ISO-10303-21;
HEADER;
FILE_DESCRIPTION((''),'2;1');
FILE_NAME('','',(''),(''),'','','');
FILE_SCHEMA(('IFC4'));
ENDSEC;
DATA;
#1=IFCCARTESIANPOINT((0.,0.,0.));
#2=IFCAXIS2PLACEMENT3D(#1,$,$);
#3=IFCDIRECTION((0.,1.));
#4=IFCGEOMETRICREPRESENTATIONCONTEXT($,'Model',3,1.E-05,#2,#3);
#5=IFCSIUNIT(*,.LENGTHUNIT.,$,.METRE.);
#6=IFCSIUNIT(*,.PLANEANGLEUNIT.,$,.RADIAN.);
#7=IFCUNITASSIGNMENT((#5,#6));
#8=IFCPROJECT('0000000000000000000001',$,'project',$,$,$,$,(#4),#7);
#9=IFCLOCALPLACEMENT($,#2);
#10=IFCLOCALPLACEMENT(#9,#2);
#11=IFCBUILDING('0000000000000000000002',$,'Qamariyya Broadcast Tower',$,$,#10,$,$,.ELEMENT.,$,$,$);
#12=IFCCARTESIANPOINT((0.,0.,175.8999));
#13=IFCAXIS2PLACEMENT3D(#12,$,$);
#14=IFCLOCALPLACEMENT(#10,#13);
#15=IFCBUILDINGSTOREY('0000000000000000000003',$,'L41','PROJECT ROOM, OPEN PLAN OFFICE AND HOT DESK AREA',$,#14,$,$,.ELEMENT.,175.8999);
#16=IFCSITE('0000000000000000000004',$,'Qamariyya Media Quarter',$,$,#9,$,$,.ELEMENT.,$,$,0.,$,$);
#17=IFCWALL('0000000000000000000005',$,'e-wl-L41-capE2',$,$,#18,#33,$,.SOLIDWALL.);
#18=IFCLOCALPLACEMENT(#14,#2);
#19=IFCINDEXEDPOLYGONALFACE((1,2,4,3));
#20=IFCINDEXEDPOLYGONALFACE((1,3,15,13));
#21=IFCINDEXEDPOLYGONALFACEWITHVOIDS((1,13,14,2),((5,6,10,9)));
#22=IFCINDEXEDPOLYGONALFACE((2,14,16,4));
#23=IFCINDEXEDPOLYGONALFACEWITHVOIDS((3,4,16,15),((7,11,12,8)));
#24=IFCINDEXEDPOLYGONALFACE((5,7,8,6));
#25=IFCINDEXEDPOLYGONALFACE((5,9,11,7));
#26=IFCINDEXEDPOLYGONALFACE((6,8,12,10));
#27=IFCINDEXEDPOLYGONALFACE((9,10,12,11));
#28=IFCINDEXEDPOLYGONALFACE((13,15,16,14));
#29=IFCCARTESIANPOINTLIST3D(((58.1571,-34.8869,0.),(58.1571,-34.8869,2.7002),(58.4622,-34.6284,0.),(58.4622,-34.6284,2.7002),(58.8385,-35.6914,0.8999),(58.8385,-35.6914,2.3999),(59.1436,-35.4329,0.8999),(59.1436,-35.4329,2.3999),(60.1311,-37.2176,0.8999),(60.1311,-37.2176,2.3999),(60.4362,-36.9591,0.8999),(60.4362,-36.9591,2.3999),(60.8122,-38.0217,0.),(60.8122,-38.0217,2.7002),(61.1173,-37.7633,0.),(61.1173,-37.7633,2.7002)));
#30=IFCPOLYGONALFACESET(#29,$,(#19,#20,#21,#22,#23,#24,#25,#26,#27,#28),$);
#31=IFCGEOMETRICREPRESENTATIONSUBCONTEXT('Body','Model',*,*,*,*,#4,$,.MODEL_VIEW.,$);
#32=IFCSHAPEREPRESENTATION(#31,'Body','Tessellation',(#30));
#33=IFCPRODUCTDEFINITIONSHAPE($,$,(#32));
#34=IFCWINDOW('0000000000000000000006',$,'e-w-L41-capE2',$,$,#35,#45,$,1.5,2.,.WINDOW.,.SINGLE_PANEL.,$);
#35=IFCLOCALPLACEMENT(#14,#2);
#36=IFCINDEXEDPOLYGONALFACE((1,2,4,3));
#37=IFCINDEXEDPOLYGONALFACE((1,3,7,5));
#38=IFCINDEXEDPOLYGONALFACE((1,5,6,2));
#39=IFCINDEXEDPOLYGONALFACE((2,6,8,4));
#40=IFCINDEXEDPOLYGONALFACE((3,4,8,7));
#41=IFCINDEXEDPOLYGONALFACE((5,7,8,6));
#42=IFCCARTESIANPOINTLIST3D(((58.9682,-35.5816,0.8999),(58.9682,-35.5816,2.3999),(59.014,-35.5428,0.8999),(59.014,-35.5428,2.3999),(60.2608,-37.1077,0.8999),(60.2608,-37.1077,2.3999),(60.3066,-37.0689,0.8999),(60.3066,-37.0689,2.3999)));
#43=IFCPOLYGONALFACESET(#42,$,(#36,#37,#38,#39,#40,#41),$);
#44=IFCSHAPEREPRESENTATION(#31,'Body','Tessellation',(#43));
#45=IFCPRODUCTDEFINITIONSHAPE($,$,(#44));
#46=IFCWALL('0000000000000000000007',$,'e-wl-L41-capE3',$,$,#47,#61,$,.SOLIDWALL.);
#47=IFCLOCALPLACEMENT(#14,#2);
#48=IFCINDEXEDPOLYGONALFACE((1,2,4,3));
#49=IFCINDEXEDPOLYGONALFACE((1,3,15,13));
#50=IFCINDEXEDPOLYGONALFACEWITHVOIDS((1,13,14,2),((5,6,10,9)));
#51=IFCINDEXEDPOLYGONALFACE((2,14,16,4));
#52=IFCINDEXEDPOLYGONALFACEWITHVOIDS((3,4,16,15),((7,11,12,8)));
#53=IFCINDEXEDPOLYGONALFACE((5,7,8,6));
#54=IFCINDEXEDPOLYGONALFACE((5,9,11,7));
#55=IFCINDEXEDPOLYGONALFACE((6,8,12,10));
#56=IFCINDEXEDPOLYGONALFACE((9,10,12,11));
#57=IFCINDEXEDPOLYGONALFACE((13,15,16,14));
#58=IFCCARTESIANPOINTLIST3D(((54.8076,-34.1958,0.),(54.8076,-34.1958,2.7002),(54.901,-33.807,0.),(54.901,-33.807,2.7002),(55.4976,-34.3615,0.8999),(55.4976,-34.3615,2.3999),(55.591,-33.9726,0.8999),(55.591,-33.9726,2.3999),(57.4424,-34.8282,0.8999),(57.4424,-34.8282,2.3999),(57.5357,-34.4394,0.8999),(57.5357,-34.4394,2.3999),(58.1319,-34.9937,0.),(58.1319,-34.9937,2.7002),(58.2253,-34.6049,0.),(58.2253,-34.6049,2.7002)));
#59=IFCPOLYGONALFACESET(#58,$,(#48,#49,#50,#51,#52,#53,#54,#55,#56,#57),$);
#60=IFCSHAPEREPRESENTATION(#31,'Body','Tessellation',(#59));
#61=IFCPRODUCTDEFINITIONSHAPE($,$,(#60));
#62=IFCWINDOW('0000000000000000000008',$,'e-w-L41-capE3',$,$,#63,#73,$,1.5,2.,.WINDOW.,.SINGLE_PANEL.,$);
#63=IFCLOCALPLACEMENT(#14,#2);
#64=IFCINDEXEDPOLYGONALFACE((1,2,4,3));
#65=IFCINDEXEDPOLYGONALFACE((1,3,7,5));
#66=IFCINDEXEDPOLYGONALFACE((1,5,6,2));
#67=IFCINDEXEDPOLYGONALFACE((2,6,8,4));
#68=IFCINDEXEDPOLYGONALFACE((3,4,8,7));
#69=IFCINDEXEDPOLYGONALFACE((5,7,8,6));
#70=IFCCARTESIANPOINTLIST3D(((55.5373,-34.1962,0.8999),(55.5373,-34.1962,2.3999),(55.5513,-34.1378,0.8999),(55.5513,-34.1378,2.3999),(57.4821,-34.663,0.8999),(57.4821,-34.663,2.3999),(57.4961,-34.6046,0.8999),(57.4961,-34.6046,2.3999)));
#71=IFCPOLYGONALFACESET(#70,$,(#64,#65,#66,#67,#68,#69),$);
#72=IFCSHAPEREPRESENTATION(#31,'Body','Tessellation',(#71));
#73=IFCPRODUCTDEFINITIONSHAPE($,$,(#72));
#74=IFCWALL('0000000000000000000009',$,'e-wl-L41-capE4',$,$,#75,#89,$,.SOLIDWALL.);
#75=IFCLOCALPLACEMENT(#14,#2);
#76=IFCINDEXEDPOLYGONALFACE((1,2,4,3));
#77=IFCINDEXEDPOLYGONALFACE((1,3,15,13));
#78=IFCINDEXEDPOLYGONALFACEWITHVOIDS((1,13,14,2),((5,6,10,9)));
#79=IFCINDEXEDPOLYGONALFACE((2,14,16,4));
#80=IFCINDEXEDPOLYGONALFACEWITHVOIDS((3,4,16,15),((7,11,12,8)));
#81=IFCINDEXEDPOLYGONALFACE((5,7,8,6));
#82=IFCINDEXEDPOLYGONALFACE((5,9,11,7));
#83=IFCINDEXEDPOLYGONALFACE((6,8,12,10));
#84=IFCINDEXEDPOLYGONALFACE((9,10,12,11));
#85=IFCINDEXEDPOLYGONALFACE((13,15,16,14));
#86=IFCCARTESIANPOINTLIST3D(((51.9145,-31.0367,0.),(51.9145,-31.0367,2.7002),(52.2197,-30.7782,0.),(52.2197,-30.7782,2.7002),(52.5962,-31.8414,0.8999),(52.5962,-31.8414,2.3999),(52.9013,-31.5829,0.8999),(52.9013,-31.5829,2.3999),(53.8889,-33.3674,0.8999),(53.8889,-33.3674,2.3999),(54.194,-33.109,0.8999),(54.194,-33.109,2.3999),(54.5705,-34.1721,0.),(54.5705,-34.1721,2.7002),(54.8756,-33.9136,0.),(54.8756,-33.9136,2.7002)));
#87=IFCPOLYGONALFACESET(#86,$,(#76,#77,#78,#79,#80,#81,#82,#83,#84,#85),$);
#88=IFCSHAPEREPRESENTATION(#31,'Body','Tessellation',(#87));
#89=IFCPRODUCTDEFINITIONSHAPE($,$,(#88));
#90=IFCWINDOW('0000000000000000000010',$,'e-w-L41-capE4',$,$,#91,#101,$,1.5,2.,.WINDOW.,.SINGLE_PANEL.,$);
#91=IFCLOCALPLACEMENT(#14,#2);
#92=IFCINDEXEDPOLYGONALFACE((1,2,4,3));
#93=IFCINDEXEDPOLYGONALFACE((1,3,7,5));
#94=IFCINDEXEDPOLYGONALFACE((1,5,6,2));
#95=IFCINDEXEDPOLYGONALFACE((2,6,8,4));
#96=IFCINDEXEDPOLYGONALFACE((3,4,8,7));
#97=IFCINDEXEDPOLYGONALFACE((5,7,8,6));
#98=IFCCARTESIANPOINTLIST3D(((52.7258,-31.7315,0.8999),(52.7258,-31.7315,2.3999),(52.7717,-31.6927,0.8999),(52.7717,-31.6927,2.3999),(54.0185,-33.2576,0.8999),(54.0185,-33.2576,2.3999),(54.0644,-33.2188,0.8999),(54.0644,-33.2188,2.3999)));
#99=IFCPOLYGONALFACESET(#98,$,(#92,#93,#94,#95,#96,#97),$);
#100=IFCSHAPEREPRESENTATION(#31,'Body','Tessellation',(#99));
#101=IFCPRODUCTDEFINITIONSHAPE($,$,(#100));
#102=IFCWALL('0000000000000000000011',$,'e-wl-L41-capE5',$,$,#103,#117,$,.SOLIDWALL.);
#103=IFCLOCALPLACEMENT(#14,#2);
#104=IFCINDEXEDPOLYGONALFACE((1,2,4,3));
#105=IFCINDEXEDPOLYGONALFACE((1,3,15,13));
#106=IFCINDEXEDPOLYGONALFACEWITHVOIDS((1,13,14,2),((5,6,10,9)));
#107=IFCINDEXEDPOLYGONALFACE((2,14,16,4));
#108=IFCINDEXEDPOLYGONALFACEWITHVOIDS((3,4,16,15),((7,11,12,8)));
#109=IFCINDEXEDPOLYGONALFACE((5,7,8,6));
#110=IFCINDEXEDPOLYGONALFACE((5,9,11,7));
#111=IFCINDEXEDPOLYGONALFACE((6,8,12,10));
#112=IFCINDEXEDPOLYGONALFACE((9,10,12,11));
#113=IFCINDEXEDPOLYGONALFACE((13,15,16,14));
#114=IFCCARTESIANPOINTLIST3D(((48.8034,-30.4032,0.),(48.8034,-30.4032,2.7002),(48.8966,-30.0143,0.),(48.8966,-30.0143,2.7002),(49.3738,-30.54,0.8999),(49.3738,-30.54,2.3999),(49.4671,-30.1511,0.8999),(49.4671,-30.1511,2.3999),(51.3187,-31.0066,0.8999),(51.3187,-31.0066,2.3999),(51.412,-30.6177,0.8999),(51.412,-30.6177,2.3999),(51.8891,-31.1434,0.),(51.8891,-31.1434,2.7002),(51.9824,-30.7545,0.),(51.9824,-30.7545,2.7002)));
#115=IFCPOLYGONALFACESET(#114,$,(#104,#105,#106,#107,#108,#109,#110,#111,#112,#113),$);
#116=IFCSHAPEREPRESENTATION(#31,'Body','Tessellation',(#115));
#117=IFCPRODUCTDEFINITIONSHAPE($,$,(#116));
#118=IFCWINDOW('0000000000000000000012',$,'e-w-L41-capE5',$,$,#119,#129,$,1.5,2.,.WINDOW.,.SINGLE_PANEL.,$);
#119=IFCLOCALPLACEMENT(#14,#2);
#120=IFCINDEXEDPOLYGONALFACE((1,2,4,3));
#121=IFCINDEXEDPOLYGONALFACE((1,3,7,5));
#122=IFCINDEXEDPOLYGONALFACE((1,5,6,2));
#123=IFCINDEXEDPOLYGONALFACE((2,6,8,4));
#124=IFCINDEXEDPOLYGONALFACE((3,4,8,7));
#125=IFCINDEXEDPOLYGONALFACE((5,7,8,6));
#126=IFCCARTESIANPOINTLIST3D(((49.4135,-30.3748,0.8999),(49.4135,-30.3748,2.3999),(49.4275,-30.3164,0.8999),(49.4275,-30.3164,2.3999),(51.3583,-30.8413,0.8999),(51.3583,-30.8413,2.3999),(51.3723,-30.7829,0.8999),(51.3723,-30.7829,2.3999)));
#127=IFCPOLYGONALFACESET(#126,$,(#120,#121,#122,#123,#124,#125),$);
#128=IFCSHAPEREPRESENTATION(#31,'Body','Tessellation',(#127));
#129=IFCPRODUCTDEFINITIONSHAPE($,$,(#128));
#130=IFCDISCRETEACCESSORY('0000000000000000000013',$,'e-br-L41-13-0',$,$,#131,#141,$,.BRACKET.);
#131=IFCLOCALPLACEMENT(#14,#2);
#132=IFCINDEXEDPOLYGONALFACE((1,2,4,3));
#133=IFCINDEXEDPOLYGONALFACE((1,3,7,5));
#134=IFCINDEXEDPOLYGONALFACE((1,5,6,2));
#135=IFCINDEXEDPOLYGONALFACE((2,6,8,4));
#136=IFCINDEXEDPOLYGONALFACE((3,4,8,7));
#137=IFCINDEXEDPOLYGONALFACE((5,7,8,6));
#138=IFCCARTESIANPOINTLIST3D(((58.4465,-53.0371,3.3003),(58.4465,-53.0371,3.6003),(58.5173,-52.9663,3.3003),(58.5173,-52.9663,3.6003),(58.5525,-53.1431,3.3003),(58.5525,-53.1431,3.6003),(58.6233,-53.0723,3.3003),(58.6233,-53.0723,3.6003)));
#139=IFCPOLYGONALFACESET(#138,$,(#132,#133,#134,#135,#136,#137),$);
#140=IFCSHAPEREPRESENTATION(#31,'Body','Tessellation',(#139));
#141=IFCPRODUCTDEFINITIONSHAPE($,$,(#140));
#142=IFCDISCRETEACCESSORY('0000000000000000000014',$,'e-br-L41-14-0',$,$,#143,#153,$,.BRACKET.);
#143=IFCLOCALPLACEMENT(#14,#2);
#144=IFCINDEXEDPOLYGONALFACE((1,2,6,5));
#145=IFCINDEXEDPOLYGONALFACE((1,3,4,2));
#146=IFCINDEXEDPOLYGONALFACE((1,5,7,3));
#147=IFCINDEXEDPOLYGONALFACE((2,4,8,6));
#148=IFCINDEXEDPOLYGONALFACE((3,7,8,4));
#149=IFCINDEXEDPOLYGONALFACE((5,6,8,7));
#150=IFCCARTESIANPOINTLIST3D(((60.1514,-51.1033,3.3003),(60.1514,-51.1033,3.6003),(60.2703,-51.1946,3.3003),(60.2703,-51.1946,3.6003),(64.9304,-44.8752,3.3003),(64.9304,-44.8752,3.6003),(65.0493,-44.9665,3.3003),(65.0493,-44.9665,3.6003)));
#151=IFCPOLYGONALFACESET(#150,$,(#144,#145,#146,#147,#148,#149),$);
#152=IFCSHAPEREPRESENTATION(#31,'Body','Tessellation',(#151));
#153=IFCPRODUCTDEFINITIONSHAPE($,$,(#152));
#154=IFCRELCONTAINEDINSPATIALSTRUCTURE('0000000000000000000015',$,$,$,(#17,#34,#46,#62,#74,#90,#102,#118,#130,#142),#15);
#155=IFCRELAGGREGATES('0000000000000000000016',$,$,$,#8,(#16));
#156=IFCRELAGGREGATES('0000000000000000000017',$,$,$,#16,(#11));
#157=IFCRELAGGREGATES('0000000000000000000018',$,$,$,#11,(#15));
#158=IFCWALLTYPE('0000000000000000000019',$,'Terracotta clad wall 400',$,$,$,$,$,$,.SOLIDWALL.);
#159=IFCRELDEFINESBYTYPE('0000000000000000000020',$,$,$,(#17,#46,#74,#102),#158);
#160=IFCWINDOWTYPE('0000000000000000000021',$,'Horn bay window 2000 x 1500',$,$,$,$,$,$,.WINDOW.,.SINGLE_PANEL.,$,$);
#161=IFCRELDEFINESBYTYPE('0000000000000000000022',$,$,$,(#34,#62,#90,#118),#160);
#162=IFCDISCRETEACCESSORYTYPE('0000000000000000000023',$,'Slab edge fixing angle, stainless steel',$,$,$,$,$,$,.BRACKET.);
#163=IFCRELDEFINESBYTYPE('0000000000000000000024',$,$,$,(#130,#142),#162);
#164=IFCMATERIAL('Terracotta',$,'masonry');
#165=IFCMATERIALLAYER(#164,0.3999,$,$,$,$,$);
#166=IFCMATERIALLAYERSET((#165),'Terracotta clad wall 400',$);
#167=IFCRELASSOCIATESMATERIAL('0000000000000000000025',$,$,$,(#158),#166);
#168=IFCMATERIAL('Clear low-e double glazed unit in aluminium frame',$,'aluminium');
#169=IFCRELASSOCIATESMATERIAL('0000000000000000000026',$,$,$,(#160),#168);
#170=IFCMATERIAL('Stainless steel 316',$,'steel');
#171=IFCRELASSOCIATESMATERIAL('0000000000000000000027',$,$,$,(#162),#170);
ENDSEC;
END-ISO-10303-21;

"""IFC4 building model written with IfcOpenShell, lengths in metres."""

from ifc_helpers import new_model, si_unit, direction, frame, frame_2d, origin, origin_2d, place, context, subcontext, project, spatial, rectangle, extrude, material, layer, layer_set, type_object, element, fill, save


model = new_model("IFC4")

# Units and contexts
model_context = context("Model", 3, precision=1e-05, world=origin(), true_north=direction((0.0, 1.0)))
body_context = subcontext(model_context, "Body", "Model", "MODEL_VIEW")
ifc_project = project(units=[si_unit("LENGTHUNIT", "METRE"), si_unit("PLANEANGLEUNIT", "RADIAN")], contexts=[model_context])

# Site, building, storey
site_placement = place(None, origin())
site = spatial("IfcSite", under=ifc_project, at=site_placement, Name="Qamariyya Media Quarter", CompositionType="ELEMENT", RefElevation=0.0)
building_placement = place(site_placement, origin())
building = spatial("IfcBuilding", under=site, at=building_placement, Name="Qamariyya Broadcast Tower", CompositionType="ELEMENT")
storey_placement = place(building_placement, frame((0.0, 0.0, 175.8999)))
storey = spatial("IfcBuildingStorey", under=building, at=storey_placement, Name="L41", Description="PROJECT ROOM, OPEN PLAN OFFICE AND HOT DESK AREA", CompositionType="ELEMENT", Elevation=175.8999)

# Walls, openings, windows
ifc_material_1 = material(Name="Terracotta", Category="masonry")
ifc_layer = layer(ifc_material_1, 0.3999)
ifc_layer_set = layer_set([ifc_layer], Name="Terracotta clad wall 400")
wall_type = type_object("IfcWallType", Name="Terracotta clad wall 400", PredefinedType="SOLIDWALL", material=ifc_layer_set)
ifc_material_2 = material(Name="Clear low-e double glazed unit in aluminium frame", Category="aluminium")
window_type = type_object("IfcWindowType", Name="Horn bay window 2000 x 1500", PartitioningType="SINGLE_PANEL", PredefinedType="WINDOW", material=ifc_material_2)
wall_1_placement = place(storey_placement, frame((60.9648, -37.8926, 0.0), z_axis=(0.0, 0.0, 1.0), x_axis=(-0.646302, 0.763082, 0.0)))
wall_1 = element("IfcWall", 1, at=wall_1_placement, inside=storey, type_object=wall_type, Name="e-wl-L41-capE2", PredefinedType="SOLIDWALL", context=body_context, shape_type="SweptSolid", body=[
    extrude(rectangle(XDim=4.1082, YDim=0.3999, at=frame_2d((2.0542, 0.0))), origin(), (0.0, 0.0, 1.0), 2.7002),
])
opening_1_placement = place(wall_1_placement, frame((1.054, 0.0, 0.8999)))
opening_1 = element("IfcOpeningElement", 2, at=opening_1_placement, cuts=wall_1, PredefinedType="OPENING", context=body_context, shape_type="SweptSolid", body=[
    extrude(rectangle(XDim=2.0, YDim=1.5, at=frame_2d((1.0, 0.75))), frame((0.0, 0.21, 0.0), z_axis=(0.0, -1.0, 0.0), x_axis=(1.0, 0.0, 0.0)), (0.0, 0.0, 1.0), 0.4199),
])
window_1_placement = place(opening_1_placement, origin())
window_1 = element("IfcWindow", 3, at=window_1_placement, inside=storey, type_object=window_type, Name="e-w-L41-capE2", OverallHeight=1.5, OverallWidth=2.0, PartitioningType="SINGLE_PANEL", PredefinedType="WINDOW", context=body_context, shape_type="SweptSolid", body=[
    extrude(rectangle(XDim=2.0, YDim=1.5, at=frame_2d((1.0, 0.75))), frame((0.0, 0.03, 0.0), z_axis=(0.0, -1.0, 0.0), x_axis=(1.0, 0.0, 0.0)), (0.0, 0.0, 1.0), 0.0601),
])
fill(opening_1, window_1)
wall_2_placement = place(storey_placement, frame((58.1787, -34.7993, 0.0), z_axis=(0.0, 0.0, 1.0), x_axis=(-0.972385, 0.233384, 0.0)))
wall_2 = element("IfcWall", 4, at=wall_2_placement, inside=storey, type_object=wall_type, Name="e-wl-L41-capE3", PredefinedType="SOLIDWALL", context=body_context, shape_type="SweptSolid", body=[
    extrude(rectangle(XDim=3.4187, YDim=0.3999, at=frame_2d((1.7095, 0.0))), origin(), (0.0, 0.0, 1.0), 2.7002),
])
opening_2_placement = place(wall_2_placement, frame((0.7092, 0.0, 0.8999)))
opening_2 = element("IfcOpeningElement", 5, at=opening_2_placement, cuts=wall_2, PredefinedType="OPENING", context=body_context, shape_type="SweptSolid", body=[
    extrude(rectangle(XDim=2.0, YDim=1.5, at=frame_2d((1.0, 0.75))), frame((0.0, 0.21, 0.0), z_axis=(0.0, -1.0, 0.0), x_axis=(1.0, 0.0, 0.0)), (0.0, 0.0, 1.0), 0.4199),
])
window_2_placement = place(opening_2_placement, origin())
window_2 = element("IfcWindow", 6, at=window_2_placement, inside=storey, type_object=window_type, Name="e-w-L41-capE3", OverallHeight=1.5, OverallWidth=2.0, PartitioningType="SINGLE_PANEL", PredefinedType="WINDOW", context=body_context, shape_type="SweptSolid", body=[
    extrude(rectangle(XDim=2.0, YDim=1.5, at=frame_2d((1.0, 0.75))), frame((0.0, 0.03, 0.0), z_axis=(0.0, -1.0, 0.0), x_axis=(1.0, 0.0, 0.0)), (0.0, 0.0, 1.0), 0.0601),
])
fill(opening_2, window_2)
wall_3_placement = place(storey_placement, frame((54.7231, -34.043, 0.0), z_axis=(0.0, 0.0, 1.0), x_axis=(-0.646352, 0.763039, 0.0)))
wall_3 = element("IfcWall", 7, at=wall_3_placement, inside=storey, type_object=wall_type, Name="e-wl-L41-capE4", PredefinedType="SOLIDWALL", context=body_context, shape_type="SweptSolid", body=[
    extrude(rectangle(XDim=4.1091, YDim=0.3999, at=frame_2d((2.0547, 0.0))), origin(), (0.0, 0.0, 1.0), 2.7002),
])
opening_3_placement = place(wall_3_placement, frame((1.0547, 0.0, 0.8999)))
opening_3 = element("IfcOpeningElement", 8, at=opening_3_placement, cuts=wall_3, PredefinedType="OPENING", context=body_context, shape_type="SweptSolid", body=[
    extrude(rectangle(XDim=2.0, YDim=1.5, at=frame_2d((1.0, 0.75))), frame((0.0, 0.21, 0.0), z_axis=(0.0, -1.0, 0.0), x_axis=(1.0, 0.0, 0.0)), (0.0, 0.0, 1.0), 0.4199),
])
window_3_placement = place(opening_3_placement, origin())
window_3 = element("IfcWindow", 9, at=window_3_placement, inside=storey, type_object=window_type, Name="e-w-L41-capE4", OverallHeight=1.5, OverallWidth=2.0, PartitioningType="SINGLE_PANEL", PredefinedType="WINDOW", context=body_context, shape_type="SweptSolid", body=[
    extrude(rectangle(XDim=2.0, YDim=1.5, at=frame_2d((1.0, 0.75))), frame((0.0, 0.03, 0.0), z_axis=(0.0, -1.0, 0.0), x_axis=(1.0, 0.0, 0.0)), (0.0, 0.0, 1.0), 0.0601),
])
fill(opening_3, window_3)
wall_4_placement = place(storey_placement, frame((51.9358, -30.949, 0.0), z_axis=(0.0, 0.0, 1.0), x_axis=(-0.972411, 0.233274, 0.0)))
wall_4 = element("IfcWall", 10, at=wall_4_placement, inside=storey, type_object=wall_type, Name="e-wl-L41-capE5", PredefinedType="SOLIDWALL", context=body_context, shape_type="SweptSolid", body=[
    extrude(rectangle(XDim=3.1733, YDim=0.3999, at=frame_2d((1.5867, 0.0))), origin(), (0.0, 0.0, 1.0), 2.7002),
])
opening_4_placement = place(wall_4_placement, frame((0.5867, 0.0, 0.8999)))
opening_4 = element("IfcOpeningElement", 11, at=opening_4_placement, cuts=wall_4, PredefinedType="OPENING", context=body_context, shape_type="SweptSolid", body=[
    extrude(rectangle(XDim=2.0, YDim=1.5, at=frame_2d((1.0, 0.75))), frame((0.0, 0.21, 0.0), z_axis=(0.0, -1.0, 0.0), x_axis=(1.0, 0.0, 0.0)), (0.0, 0.0, 1.0), 0.4199),
])
window_4_placement = place(opening_4_placement, origin())
window_4 = element("IfcWindow", 12, at=window_4_placement, inside=storey, type_object=window_type, Name="e-w-L41-capE5", OverallHeight=1.5, OverallWidth=2.0, PartitioningType="SINGLE_PANEL", PredefinedType="WINDOW", context=body_context, shape_type="SweptSolid", body=[
    extrude(rectangle(XDim=2.0, YDim=1.5, at=frame_2d((1.0, 0.75))), frame((0.0, 0.03, 0.0), z_axis=(0.0, -1.0, 0.0), x_axis=(1.0, 0.0, 0.0)), (0.0, 0.0, 1.0), 0.0601),
])
fill(opening_4, window_4)

# Discrete accessories
ifc_material_3 = material(Name="Stainless steel 316", Category="steel")
discrete_accessory_type = type_object("IfcDiscreteAccessoryType", Name="Slab edge fixing angle, stainless steel", PredefinedType="BRACKET", material=ifc_material_3)
discrete_accessory_1_placement = place(storey_placement, frame((58.5349, -53.0547, 3.3003), z_axis=(0.0, 0.0, 1.0), x_axis=(0.707107, 0.707107, 0.0)))
element("IfcDiscreteAccessory", 13, at=discrete_accessory_1_placement, inside=storey, type_object=discrete_accessory_type, Name="e-br-L41-13-0", PredefinedType="BRACKET", context=body_context, shape_type="SweptSolid", body=[
    extrude(rectangle(XDim=0.1001, YDim=0.1499, at=origin_2d()), origin(), (0.0, 0.0, 1.0), 0.3),
])
discrete_accessory_2_placement = place(storey_placement, frame((62.6003, -48.0349, 3.3003), z_axis=(0.0, 0.0, 1.0), x_axis=(0.608761, 0.793353, 0.0)))
element("IfcDiscreteAccessory", 14, at=discrete_accessory_2_placement, inside=storey, type_object=discrete_accessory_type, Name="e-br-L41-14-0", PredefinedType="BRACKET", context=body_context, shape_type="SweptSolid", body=[
    extrude(rectangle(XDim=7.8503, YDim=0.1499, at=origin_2d()), origin(), (0.0, 0.0, 1.0), 0.3),
])

save(model, "model.ifc")
